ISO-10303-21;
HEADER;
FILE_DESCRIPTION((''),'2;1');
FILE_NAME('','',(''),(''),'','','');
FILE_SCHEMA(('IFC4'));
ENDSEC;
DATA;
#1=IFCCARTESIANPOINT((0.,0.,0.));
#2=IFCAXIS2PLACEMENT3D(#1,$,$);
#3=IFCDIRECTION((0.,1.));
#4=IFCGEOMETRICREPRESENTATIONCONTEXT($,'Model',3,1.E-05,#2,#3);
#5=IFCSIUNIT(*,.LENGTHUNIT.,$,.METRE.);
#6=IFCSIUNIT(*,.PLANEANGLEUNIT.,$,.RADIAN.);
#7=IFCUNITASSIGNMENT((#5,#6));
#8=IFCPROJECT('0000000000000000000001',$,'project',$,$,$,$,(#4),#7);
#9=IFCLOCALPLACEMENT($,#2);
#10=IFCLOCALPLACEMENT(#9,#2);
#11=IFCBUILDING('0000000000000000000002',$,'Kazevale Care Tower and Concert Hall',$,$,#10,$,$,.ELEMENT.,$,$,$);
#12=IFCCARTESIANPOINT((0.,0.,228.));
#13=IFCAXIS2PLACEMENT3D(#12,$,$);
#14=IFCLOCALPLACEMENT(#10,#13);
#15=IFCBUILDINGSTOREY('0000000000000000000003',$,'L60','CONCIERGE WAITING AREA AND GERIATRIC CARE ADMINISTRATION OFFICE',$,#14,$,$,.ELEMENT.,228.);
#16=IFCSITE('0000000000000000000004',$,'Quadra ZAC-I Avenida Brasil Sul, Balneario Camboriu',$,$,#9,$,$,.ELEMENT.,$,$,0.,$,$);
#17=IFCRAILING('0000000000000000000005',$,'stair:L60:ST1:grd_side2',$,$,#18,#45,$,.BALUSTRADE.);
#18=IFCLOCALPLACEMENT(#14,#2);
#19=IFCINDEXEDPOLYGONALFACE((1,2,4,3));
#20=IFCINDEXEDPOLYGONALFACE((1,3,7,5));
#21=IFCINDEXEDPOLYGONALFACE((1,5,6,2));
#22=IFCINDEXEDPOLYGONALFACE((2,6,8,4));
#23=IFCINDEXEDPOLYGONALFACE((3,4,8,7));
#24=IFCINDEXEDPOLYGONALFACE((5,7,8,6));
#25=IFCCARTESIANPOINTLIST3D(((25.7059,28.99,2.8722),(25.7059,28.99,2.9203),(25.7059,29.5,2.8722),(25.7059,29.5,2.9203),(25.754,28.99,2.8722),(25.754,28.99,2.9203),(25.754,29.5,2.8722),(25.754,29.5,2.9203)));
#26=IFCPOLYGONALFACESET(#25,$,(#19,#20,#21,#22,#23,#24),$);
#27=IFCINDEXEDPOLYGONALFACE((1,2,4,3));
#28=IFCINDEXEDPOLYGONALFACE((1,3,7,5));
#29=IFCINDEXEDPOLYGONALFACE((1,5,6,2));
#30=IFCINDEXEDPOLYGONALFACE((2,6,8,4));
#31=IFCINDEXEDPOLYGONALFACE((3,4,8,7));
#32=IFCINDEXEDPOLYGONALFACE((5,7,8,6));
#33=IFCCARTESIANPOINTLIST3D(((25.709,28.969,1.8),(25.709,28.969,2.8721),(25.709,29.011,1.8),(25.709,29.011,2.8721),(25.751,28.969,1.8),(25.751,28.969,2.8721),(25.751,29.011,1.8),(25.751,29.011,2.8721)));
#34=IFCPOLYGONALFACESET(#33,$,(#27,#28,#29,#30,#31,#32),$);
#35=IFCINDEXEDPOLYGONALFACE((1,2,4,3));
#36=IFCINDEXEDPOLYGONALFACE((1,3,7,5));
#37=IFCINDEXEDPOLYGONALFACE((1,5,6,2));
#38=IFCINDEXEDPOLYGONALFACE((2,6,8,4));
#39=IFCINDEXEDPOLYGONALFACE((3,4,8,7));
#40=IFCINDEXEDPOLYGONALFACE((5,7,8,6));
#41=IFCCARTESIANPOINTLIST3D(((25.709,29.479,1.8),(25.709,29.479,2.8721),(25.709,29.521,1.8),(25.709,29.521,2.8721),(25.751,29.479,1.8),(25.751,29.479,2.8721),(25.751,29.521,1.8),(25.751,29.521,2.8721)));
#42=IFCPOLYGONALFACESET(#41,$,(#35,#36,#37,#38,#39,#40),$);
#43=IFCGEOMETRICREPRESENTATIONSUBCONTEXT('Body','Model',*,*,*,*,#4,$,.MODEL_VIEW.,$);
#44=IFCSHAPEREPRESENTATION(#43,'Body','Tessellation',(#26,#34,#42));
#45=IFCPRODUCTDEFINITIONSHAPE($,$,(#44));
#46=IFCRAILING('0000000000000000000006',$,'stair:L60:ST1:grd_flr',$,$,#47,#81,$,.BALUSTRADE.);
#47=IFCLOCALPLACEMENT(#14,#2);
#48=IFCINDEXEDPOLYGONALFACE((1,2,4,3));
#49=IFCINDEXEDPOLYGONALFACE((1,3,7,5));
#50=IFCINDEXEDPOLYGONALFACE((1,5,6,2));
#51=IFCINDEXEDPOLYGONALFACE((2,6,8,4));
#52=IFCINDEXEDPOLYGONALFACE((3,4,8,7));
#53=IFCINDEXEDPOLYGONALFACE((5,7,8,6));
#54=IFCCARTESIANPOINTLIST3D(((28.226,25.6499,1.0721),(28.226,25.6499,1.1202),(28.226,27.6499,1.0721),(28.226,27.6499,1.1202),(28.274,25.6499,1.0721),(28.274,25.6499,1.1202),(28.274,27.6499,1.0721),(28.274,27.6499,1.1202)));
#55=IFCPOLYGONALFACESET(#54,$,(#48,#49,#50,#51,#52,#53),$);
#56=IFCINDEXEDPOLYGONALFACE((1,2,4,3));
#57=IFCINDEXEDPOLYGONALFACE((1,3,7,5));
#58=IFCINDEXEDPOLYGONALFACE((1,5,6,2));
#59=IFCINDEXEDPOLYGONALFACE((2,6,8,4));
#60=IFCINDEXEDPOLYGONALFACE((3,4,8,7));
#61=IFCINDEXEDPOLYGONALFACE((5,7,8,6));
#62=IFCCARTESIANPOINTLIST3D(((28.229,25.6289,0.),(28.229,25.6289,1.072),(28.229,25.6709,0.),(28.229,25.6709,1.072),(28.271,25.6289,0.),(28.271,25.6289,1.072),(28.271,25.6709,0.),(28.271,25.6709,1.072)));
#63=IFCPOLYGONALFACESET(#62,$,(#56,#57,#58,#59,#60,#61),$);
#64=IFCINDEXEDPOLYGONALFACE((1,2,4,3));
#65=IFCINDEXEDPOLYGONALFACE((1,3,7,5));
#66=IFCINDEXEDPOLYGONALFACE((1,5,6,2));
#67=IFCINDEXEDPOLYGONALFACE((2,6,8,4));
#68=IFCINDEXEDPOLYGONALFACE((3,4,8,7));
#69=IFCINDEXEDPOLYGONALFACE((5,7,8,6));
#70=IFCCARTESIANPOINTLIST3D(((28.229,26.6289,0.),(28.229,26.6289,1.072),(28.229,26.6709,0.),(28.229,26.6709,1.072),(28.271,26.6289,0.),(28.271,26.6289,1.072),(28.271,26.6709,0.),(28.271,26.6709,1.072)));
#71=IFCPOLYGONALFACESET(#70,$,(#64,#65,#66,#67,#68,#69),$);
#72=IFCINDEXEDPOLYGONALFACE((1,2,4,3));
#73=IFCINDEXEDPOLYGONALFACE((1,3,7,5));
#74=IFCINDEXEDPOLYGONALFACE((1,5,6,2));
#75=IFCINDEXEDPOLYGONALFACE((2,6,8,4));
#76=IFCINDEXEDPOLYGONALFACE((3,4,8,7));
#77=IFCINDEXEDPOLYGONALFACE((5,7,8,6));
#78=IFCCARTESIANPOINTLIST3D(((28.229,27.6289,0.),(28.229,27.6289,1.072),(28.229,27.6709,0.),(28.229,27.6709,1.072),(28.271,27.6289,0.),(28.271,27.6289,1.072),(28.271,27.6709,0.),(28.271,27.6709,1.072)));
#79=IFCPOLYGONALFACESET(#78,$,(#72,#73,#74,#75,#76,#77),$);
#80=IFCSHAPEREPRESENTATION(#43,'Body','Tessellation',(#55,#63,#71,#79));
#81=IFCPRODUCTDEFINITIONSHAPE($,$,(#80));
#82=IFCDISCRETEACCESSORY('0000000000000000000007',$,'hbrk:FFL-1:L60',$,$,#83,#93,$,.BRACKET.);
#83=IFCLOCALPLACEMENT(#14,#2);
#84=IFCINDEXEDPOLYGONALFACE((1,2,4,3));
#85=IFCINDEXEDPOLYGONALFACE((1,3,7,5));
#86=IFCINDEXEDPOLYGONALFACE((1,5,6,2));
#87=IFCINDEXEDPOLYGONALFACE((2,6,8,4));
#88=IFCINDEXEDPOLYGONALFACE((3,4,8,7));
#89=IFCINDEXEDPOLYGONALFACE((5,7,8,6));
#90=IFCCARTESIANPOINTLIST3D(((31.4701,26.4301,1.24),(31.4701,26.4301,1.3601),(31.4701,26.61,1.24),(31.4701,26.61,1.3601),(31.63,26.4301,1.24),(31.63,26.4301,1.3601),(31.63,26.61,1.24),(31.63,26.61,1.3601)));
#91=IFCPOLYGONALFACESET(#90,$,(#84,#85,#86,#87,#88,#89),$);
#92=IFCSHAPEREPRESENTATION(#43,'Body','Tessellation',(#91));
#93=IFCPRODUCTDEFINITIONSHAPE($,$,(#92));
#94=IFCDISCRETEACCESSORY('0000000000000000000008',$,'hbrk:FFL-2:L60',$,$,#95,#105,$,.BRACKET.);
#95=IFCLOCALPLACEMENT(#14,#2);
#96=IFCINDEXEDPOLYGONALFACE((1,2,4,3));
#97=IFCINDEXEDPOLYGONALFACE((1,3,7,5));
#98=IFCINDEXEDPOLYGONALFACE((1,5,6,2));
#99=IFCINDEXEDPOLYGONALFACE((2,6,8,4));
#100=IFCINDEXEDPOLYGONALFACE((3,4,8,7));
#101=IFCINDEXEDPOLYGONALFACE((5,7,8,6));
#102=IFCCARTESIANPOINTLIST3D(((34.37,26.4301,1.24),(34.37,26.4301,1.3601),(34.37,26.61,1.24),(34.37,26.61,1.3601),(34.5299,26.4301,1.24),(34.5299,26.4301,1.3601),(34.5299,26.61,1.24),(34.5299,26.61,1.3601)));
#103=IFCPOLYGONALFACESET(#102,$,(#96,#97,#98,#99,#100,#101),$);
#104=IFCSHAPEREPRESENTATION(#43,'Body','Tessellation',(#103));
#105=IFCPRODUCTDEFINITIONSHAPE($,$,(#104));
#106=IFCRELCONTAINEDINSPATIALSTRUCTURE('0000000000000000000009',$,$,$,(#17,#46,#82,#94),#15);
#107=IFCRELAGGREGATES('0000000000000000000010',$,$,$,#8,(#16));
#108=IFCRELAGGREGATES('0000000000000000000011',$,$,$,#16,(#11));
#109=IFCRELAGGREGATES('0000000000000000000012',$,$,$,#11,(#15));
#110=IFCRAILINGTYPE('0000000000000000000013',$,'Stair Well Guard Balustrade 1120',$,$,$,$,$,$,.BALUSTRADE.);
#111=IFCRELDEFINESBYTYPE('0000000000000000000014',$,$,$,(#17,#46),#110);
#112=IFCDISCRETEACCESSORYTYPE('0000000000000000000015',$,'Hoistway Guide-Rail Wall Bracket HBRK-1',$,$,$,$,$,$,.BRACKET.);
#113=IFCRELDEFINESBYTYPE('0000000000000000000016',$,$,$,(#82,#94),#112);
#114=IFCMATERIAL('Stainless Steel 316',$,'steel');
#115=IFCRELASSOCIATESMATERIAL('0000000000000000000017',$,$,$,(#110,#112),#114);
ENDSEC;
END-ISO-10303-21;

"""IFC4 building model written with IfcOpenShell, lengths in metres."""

from ifc_helpers import new_model, si_unit, direction, frame, origin, origin_2d, place, context, subcontext, project, spatial, rectangle, extrude, material, type_object, element, save


model = new_model("IFC4")

# Units and contexts
model_context = context("Model", 3, precision=1e-05, world=origin(), true_north=direction((0.0, 1.0)))
body_context = subcontext(model_context, "Body", "Model", "MODEL_VIEW")
ifc_project = project(units=[si_unit("LENGTHUNIT", "METRE"), si_unit("PLANEANGLEUNIT", "RADIAN")], contexts=[model_context])

# Site, building, storey
site_placement = place(None, origin())
site = spatial("IfcSite", under=ifc_project, at=site_placement, Name="Quadra ZAC-I Avenida Brasil Sul, Balneario Camboriu", CompositionType="ELEMENT", RefElevation=0.0)
building_placement = place(site_placement, origin())
building = spatial("IfcBuilding", under=site, at=building_placement, Name="Kazevale Care Tower and Concert Hall", CompositionType="ELEMENT")
storey_placement = place(building_placement, frame((0.0, 0.0, 228.0)))
storey = spatial("IfcBuildingStorey", under=building, at=storey_placement, Name="L60", Description="CONCIERGE WAITING AREA AND GERIATRIC CARE ADMINISTRATION OFFICE", CompositionType="ELEMENT", Elevation=228.0)

# Shared definitions
ifc_material_1 = material(Name="Stainless Steel 316", Category="steel")

# Railings
railing_type_1 = type_object("IfcRailingType", Name="Stair Well Guard Balustrade 1120", PredefinedType="BALUSTRADE", material=ifc_material_1)
railing_1_placement = place(storey_placement, frame((25.73, 28.99, 1.8)))
element("IfcRailing", 1, at=railing_1_placement, inside=storey, type_object=railing_type_1, Name="stair:L60:ST1:grd_side2", PredefinedType="BALUSTRADE", context=body_context, shape_type="SweptSolid", body=[
    extrude(rectangle(XDim=0.0481, YDim=0.0481, at=origin_2d()), frame((0.0, 0.0, 1.0962), z_axis=(0.0, 1.0, 0.0), x_axis=(-1.0, 0.0, 0.0)), (0.0, 0.0, 1.0), 0.51),
    extrude(rectangle(XDim=0.042, YDim=0.042, at=origin_2d()), origin(), (0.0, 0.0, 1.0), 1.072),
    extrude(rectangle(XDim=0.042, YDim=0.042, at=origin_2d()), frame((0.0, 0.51, 0.0)), (0.0, 0.0, 1.0), 1.072),
])
railing_2_placement = place(storey_placement, frame((28.25, 25.6499, 0.0)))
element("IfcRailing", 2, at=railing_2_placement, inside=storey, type_object=railing_type_1, Name="stair:L60:ST1:grd_flr", PredefinedType="BALUSTRADE", context=body_context, shape_type="SweptSolid", body=[
    extrude(rectangle(XDim=0.0481, YDim=0.0481, at=origin_2d()), frame((0.0, 0.0, 1.0962), z_axis=(0.0, 1.0, 0.0), x_axis=(-1.0, 0.0, 0.0)), (0.0, 0.0, 1.0), 2.0),
    extrude(rectangle(XDim=0.042, YDim=0.042, at=origin_2d()), origin(), (0.0, 0.0, 1.0), 1.072),
    extrude(rectangle(XDim=0.042, YDim=0.042, at=origin_2d()), frame((0.0, 1.0, 0.0)), (0.0, 0.0, 1.0), 1.072),
    extrude(rectangle(XDim=0.042, YDim=0.042, at=origin_2d()), frame((0.0, 2.0, 0.0)), (0.0, 0.0, 1.0), 1.072),
])

# Discrete accessories
discrete_accessory_type = type_object("IfcDiscreteAccessoryType", Name="Hoistway Guide-Rail Wall Bracket HBRK-1", PredefinedType="BRACKET", material=ifc_material_1)
for number, where, z_axis, x_axis, name in (
    (3, (31.55, 26.52, 1.24), (0.0, 0.0, 1.0), (1.0, 0.0, 0.0), "hbrk:FFL-1:L60"),
    (4, (34.45, 26.52, 1.24), (0.0, 0.0, 1.0), (1.0, 0.0, 0.0), "hbrk:FFL-2:L60"),
):
    element("IfcDiscreteAccessory", number, at=place(storey_placement, frame(where, z_axis=z_axis, x_axis=x_axis)), inside=storey, type_object=discrete_accessory_type, Name=name, PredefinedType="BRACKET", context=body_context, shape_type="SweptSolid", body=[
        extrude(rectangle(XDim=0.1599, YDim=0.1799, at=origin_2d()), origin(), (0.0, 0.0, 1.0), 0.1201),
    ])

save(model, "model.ifc")
